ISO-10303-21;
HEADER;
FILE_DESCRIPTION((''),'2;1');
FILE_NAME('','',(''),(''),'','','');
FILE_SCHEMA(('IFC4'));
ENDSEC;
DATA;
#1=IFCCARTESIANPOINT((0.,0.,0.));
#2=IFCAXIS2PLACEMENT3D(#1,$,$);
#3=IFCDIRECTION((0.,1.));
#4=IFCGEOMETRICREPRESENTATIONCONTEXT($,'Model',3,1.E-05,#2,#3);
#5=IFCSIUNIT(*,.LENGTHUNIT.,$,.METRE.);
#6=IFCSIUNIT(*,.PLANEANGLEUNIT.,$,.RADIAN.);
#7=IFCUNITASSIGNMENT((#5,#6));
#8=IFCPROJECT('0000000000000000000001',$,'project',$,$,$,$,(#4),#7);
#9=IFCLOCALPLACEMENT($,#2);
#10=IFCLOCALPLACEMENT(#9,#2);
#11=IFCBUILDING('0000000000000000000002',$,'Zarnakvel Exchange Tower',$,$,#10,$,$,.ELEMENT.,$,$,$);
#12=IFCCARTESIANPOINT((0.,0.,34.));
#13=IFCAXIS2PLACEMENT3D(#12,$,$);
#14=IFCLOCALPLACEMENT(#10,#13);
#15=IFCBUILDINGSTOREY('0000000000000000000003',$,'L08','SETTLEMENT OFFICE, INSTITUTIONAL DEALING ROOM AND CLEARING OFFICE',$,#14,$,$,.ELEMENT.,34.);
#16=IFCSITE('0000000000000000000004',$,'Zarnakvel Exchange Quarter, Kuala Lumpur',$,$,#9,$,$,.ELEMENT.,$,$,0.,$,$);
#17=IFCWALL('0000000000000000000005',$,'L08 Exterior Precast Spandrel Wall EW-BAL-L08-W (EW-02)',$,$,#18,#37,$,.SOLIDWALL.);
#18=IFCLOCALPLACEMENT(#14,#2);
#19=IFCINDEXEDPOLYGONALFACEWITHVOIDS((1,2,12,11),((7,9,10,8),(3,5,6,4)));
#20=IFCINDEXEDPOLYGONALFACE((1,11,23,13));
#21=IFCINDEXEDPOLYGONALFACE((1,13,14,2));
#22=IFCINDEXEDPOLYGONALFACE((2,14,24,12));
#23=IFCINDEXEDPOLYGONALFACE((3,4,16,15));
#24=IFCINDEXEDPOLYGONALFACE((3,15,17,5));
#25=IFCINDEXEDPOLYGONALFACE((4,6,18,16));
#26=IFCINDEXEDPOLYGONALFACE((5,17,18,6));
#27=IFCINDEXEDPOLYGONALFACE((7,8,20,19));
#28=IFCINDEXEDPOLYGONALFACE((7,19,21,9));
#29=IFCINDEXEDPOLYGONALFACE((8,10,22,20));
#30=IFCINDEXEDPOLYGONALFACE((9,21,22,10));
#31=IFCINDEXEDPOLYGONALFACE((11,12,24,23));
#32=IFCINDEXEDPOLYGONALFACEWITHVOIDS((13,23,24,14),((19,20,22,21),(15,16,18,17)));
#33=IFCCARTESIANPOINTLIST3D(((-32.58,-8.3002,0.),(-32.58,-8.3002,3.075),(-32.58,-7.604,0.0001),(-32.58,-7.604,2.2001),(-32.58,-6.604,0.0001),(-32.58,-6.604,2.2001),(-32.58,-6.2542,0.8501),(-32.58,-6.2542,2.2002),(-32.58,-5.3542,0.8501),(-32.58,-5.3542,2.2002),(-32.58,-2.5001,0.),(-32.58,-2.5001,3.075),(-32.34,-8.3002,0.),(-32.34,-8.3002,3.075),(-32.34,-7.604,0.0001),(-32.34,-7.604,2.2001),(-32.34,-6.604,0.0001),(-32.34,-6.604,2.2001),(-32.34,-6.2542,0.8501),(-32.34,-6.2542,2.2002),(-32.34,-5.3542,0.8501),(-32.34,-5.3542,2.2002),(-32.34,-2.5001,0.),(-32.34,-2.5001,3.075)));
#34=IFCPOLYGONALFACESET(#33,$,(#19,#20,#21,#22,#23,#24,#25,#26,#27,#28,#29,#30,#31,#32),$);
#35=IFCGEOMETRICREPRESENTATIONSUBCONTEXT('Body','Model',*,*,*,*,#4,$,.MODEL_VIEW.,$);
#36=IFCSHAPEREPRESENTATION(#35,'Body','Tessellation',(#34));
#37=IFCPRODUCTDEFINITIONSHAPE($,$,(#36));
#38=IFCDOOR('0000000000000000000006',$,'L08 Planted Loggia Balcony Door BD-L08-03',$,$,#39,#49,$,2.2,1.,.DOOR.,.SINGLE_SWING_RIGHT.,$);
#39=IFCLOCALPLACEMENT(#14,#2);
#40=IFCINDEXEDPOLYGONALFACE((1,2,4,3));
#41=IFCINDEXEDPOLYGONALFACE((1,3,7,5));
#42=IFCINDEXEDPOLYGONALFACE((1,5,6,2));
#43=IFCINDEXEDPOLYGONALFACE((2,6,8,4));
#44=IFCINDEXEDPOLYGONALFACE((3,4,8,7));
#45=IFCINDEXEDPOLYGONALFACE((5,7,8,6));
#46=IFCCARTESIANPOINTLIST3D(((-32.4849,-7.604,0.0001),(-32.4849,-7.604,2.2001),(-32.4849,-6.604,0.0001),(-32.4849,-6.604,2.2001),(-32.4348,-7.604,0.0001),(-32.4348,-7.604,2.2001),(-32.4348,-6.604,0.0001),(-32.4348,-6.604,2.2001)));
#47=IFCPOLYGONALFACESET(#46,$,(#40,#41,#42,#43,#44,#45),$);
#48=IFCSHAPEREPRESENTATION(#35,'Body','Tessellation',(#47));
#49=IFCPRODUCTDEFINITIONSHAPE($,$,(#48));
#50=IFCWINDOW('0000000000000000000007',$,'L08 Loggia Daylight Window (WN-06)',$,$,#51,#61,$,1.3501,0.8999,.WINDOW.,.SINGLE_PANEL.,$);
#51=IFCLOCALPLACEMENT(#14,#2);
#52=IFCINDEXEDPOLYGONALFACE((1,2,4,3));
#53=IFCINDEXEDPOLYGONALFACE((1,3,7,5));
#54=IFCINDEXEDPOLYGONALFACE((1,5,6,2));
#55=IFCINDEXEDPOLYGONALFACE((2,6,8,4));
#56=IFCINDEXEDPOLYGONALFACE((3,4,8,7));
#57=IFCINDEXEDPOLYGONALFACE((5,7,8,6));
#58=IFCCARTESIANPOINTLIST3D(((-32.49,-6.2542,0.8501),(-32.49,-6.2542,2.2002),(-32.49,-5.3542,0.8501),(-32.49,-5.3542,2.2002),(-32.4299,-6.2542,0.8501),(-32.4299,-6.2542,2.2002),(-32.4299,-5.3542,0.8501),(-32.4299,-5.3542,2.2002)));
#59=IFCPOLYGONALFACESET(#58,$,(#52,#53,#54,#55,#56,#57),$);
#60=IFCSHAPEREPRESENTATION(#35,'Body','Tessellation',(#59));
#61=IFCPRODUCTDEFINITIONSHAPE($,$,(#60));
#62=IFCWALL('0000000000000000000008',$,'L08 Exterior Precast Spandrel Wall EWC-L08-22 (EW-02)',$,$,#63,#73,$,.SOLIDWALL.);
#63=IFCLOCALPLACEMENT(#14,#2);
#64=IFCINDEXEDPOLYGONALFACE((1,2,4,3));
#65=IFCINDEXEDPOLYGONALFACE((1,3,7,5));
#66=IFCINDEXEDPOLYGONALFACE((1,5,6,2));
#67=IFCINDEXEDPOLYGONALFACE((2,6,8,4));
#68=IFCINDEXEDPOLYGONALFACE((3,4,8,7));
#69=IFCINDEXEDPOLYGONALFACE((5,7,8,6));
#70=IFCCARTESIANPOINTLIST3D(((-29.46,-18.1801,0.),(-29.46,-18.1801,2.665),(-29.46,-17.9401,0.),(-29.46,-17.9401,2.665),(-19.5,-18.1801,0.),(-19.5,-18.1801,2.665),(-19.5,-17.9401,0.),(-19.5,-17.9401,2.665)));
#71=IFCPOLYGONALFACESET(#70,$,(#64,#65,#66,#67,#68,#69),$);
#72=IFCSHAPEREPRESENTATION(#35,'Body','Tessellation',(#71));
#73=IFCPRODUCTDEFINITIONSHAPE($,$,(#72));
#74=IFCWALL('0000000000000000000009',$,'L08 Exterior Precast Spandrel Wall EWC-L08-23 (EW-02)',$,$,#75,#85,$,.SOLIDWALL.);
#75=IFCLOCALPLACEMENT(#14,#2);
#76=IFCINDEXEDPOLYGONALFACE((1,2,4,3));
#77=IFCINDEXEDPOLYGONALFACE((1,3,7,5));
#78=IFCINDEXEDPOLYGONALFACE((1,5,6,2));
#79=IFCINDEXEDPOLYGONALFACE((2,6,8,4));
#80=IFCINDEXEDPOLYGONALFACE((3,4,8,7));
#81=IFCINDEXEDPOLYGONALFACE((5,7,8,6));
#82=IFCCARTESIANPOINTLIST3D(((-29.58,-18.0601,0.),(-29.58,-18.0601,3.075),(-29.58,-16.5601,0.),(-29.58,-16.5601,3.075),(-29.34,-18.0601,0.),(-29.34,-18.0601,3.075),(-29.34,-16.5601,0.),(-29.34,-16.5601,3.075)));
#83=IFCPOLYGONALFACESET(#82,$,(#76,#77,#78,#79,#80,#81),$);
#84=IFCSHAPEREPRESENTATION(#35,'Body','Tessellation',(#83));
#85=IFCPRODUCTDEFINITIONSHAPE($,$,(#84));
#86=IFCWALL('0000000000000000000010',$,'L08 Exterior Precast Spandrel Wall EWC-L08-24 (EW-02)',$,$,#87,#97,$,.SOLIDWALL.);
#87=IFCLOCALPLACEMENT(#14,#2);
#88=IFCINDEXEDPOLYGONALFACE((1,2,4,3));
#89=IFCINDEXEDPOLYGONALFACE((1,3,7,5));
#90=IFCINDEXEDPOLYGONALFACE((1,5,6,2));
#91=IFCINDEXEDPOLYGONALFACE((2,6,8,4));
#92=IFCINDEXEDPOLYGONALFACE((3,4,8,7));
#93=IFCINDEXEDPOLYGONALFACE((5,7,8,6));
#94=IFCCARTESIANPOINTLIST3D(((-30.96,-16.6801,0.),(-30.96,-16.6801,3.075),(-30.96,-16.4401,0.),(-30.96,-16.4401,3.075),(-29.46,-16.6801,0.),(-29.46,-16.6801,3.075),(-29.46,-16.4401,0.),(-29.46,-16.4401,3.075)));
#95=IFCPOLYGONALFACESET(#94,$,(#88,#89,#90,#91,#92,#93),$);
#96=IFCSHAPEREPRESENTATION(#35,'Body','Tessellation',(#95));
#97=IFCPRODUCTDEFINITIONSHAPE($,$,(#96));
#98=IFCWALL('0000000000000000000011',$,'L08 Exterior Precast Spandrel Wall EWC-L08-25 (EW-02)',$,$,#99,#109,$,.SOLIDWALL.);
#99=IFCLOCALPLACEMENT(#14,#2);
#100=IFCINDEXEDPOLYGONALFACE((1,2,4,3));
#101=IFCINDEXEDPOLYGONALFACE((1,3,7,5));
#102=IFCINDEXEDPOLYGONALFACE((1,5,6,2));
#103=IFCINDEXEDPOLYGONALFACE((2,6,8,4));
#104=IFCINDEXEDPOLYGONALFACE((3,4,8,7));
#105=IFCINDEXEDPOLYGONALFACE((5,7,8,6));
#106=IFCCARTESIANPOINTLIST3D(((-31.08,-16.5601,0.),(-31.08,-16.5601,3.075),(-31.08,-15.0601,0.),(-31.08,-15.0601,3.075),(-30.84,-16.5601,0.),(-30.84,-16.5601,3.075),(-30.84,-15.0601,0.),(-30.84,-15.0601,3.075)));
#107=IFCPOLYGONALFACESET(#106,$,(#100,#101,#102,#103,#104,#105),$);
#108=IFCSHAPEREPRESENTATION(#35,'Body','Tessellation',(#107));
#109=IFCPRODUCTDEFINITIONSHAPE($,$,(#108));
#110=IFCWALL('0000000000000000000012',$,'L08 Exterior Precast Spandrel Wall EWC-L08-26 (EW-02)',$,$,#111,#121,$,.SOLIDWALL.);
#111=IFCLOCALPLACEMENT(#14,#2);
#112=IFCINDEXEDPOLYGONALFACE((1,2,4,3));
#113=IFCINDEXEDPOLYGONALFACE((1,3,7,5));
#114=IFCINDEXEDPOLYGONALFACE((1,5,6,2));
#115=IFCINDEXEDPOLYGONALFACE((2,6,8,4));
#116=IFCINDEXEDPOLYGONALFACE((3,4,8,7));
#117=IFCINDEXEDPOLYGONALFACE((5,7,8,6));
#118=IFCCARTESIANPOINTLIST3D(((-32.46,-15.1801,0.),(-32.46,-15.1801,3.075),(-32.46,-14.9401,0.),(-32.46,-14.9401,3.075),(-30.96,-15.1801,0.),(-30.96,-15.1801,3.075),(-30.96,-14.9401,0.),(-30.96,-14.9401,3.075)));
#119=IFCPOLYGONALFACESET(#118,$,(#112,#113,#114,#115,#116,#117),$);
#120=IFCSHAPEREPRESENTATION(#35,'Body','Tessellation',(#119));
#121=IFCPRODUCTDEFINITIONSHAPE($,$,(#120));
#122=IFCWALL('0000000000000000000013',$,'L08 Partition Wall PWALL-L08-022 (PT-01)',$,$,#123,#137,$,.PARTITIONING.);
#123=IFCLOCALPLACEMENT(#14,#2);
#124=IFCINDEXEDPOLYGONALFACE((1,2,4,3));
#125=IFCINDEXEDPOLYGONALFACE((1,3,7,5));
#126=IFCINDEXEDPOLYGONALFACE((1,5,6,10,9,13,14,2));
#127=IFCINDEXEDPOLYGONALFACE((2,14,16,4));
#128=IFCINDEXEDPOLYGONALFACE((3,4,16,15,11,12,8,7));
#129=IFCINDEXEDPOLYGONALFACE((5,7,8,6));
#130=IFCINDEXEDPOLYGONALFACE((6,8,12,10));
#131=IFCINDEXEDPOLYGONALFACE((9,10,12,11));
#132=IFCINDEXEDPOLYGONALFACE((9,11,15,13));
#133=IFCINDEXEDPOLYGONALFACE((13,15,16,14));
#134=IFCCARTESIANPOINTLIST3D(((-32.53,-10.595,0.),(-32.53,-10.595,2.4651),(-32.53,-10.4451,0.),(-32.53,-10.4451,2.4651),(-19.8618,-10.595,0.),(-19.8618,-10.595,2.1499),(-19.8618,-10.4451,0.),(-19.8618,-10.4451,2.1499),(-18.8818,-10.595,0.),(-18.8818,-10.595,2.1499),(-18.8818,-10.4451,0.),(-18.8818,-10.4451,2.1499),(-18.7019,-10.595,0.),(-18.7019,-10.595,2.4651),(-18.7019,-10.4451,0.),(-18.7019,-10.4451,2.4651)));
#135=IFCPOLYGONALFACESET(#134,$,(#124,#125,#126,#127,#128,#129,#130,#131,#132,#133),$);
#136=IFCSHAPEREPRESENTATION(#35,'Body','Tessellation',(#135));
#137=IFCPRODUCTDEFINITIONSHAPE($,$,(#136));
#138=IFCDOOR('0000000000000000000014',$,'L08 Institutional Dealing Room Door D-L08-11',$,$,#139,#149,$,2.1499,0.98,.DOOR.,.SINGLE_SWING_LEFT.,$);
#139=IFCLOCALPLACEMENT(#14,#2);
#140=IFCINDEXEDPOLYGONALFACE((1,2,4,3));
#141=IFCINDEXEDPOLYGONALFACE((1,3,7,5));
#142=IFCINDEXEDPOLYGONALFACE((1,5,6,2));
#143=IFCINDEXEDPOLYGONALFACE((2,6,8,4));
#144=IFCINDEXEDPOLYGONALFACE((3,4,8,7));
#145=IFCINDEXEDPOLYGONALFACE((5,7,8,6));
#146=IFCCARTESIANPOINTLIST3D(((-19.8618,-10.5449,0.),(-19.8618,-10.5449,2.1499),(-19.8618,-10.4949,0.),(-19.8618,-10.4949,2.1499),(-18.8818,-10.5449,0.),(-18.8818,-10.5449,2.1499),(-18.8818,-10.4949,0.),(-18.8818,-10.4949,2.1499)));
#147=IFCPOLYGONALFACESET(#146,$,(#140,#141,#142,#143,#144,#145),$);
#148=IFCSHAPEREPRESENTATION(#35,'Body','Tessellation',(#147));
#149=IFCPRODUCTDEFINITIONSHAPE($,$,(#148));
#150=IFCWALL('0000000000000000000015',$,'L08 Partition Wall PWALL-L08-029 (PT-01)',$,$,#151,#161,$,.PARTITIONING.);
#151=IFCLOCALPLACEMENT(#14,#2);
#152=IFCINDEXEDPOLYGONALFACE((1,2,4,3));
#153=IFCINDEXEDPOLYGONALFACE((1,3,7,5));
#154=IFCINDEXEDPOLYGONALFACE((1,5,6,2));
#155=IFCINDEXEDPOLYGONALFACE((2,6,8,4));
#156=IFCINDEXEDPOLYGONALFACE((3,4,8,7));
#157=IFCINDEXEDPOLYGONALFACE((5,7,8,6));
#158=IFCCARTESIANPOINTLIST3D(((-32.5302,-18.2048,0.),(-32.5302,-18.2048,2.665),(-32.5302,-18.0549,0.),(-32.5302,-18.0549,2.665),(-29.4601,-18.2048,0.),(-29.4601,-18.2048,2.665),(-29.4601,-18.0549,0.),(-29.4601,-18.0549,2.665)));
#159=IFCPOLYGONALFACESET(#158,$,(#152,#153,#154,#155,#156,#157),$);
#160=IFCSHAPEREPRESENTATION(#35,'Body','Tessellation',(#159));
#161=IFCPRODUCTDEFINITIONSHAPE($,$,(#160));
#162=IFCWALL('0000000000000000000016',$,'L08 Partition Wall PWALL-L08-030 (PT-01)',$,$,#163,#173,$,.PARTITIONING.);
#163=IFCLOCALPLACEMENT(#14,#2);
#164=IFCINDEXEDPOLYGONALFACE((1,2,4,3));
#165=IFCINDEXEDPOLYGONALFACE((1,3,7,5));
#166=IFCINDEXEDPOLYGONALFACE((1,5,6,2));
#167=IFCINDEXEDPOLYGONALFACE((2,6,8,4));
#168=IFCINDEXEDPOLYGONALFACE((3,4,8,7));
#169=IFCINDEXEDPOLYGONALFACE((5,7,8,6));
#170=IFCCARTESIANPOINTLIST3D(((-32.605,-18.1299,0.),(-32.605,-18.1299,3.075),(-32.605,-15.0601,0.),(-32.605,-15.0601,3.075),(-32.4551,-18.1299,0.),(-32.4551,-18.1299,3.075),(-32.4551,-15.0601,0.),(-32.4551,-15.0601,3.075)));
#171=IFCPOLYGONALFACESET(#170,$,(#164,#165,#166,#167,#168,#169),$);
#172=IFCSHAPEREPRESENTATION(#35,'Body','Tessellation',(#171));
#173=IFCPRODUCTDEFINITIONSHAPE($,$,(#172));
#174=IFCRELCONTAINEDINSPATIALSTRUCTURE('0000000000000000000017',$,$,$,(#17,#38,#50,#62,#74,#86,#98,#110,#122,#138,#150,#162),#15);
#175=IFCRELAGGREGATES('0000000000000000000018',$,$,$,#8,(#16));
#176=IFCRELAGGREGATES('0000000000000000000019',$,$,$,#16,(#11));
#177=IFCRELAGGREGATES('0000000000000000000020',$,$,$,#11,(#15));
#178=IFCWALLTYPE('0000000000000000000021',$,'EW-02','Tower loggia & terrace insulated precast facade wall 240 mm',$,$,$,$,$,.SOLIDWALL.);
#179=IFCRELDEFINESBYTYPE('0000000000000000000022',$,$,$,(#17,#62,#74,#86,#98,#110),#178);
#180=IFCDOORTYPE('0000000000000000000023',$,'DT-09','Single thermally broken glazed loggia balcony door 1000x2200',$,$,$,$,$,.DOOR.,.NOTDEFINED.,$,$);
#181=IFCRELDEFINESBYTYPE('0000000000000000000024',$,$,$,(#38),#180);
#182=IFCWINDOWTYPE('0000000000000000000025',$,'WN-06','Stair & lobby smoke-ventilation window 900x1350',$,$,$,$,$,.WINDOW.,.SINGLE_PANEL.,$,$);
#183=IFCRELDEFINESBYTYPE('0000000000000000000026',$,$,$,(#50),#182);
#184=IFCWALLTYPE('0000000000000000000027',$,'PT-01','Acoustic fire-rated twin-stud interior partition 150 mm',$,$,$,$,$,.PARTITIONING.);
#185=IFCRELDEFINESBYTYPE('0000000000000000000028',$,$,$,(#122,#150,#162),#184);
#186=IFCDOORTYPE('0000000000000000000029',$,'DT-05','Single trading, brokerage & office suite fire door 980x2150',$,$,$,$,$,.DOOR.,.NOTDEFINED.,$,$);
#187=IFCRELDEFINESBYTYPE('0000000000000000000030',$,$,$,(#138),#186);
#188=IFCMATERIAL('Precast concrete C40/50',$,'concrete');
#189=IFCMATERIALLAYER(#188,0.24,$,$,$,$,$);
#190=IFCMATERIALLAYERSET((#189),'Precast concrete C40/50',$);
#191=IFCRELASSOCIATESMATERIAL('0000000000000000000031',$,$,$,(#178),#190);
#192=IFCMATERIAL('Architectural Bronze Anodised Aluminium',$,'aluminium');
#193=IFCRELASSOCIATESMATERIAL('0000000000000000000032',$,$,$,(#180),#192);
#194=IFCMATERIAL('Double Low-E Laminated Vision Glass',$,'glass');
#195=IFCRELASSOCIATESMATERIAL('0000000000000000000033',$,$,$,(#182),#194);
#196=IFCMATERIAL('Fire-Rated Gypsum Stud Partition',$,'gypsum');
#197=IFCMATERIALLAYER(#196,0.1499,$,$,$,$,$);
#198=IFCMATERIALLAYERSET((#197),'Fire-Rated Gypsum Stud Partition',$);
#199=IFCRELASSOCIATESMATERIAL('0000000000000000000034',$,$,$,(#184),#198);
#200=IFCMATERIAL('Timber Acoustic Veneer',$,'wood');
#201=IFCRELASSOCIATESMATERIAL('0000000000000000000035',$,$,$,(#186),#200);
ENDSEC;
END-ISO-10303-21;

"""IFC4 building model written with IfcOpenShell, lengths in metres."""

from ifc_helpers import new_model, si_unit, direction, frame, frame_2d, origin, place, context, subcontext, project, spatial, rectangle, extrude, source, transform, mapped, material, layer, layer_set, type_object, element, fill, save


model = new_model("IFC4")

# Units and contexts
model_context = context("Model", 3, precision=1e-05, world=origin(), true_north=direction((0.0, 1.0)))
body_context = subcontext(model_context, "Body", "Model", "MODEL_VIEW")
ifc_project = project(units=[si_unit("LENGTHUNIT", "METRE"), si_unit("PLANEANGLEUNIT", "RADIAN")], contexts=[model_context])

# Site, building, storey
site_placement = place(None, origin())
site = spatial("IfcSite", under=ifc_project, at=site_placement, Name="Zarnakvel Exchange Quarter, Kuala Lumpur", CompositionType="ELEMENT", RefElevation=0.0)
building_placement = place(site_placement, origin())
building = spatial("IfcBuilding", under=site, at=building_placement, Name="Zarnakvel Exchange Tower", CompositionType="ELEMENT")
storey_placement = place(building_placement, frame((0.0, 0.0, 34.0)))
storey = spatial("IfcBuildingStorey", under=building, at=storey_placement, Name="L08", Description="SETTLEMENT OFFICE, INSTITUTIONAL DEALING ROOM AND CLEARING OFFICE", CompositionType="ELEMENT", Elevation=34.0)

# Wall, openings, door, window
ifc_material_1 = material(Name="Precast concrete C40/50", Category="concrete")
ifc_layer_1 = layer(ifc_material_1, 0.24)
ifc_layer_set_1 = layer_set([ifc_layer_1], Name="Precast concrete C40/50")
wall_type_1 = type_object("IfcWallType", Name="EW-02", Description="Tower loggia & terrace insulated precast facade wall 240 mm", PredefinedType="SOLIDWALL", material=ifc_layer_set_1)
wall_1_placement = place(storey_placement, frame((-32.46, -8.3, 0.0), z_axis=(0.0, 0.0, 1.0), x_axis=(0.0, 1.0, 0.0)))
wall_1 = element("IfcWall", 1, at=wall_1_placement, inside=storey, type_object=wall_type_1, Name="L08 Exterior Precast Spandrel Wall EW-BAL-L08-W (EW-02)", PredefinedType="SOLIDWALL", context=body_context, shape_type="SweptSolid", body=[
    extrude(rectangle(XDim=5.8, YDim=0.24, at=frame_2d((2.8999, 0.0))), origin(), (0.0, 0.0, 1.0), 3.075),
])
opening_1_placement = place(wall_1_placement, frame((0.696, 0.0, 0.0)))
opening_1 = element("IfcOpeningElement", 2, at=opening_1_placement, cuts=wall_1, PredefinedType="OPENING", context=body_context, shape_type="SweptSolid", body=[
    extrude(rectangle(XDim=1.0, YDim=2.2, at=frame_2d((0.5, 1.1001))), frame((0.0, 0.1299, 0.0), z_axis=(0.0, -1.0, 0.0), x_axis=(1.0, 0.0, 0.0)), (0.0, 0.0, 1.0), 0.26),
])
opening_2_placement = place(wall_1_placement, frame((2.0459, 0.0, 0.8501)))
opening_2 = element("IfcOpeningElement", 3, at=opening_2_placement, cuts=wall_1, PredefinedType="OPENING", context=body_context, shape_type="SweptSolid", body=[
    extrude(rectangle(XDim=0.8999, YDim=1.3501, at=frame_2d((0.45, 0.675))), frame((0.0, 0.1299, 0.0), z_axis=(0.0, -1.0, 0.0), x_axis=(1.0, 0.0, 0.0)), (0.0, 0.0, 1.0), 0.26),
])
ifc_material_2 = material(Name="Architectural Bronze Anodised Aluminium", Category="aluminium")
door_type_1 = type_object("IfcDoorType", Name="DT-09", Description="Single thermally broken glazed loggia balcony door 1000x2200", OperationType="NOTDEFINED", PredefinedType="DOOR", material=ifc_material_2)
shared_shape_1 = source(origin(), body_context, "Body", "SweptSolid", [
    extrude(rectangle(XDim=1.0, YDim=2.2, at=frame_2d((0.5, 1.1001))), frame((0.0, 0.0249, 0.0), z_axis=(0.0, -1.0, 0.0), x_axis=(1.0, 0.0, 0.0)), (0.0, 0.0, 1.0), 0.05),
])
door_1_placement = place(opening_1_placement, origin())
door_1 = element("IfcDoor", 4, at=door_1_placement, inside=storey, type_object=door_type_1, Name="L08 Planted Loggia Balcony Door BD-L08-03", OperationType="SINGLE_SWING_RIGHT", OverallHeight=2.2, OverallWidth=1.0, PredefinedType="DOOR", context=body_context, shape_type="MappedRepresentation", body=[
    mapped(shared_shape_1, transform((0.0, 0.0, 0.0), x_axis=(1.0, 0.0, 0.0), y_axis=(0.0, 1.0, 0.0), z_axis=(0.0, 0.0, 1.0), scale=1.0)),
])
fill(opening_1, door_1)
ifc_material_3 = material(Name="Double Low-E Laminated Vision Glass", Category="glass")
window_type = type_object("IfcWindowType", Name="WN-06", Description="Stair & lobby smoke-ventilation window 900x1350", PartitioningType="SINGLE_PANEL", PredefinedType="WINDOW", material=ifc_material_3)
shared_shape_2 = source(origin(), body_context, "Body", "SweptSolid", [
    extrude(rectangle(XDim=0.8999, YDim=1.3501, at=frame_2d((0.45, 0.675))), frame((0.0, 0.03, 0.0), z_axis=(0.0, -1.0, 0.0), x_axis=(1.0, 0.0, 0.0)), (0.0, 0.0, 1.0), 0.0601),
])
window_placement = place(opening_2_placement, origin())
window = element("IfcWindow", 5, at=window_placement, inside=storey, type_object=window_type, Name="L08 Loggia Daylight Window (WN-06)", OverallHeight=1.3501, OverallWidth=0.8999, PartitioningType="SINGLE_PANEL", PredefinedType="WINDOW", context=body_context, shape_type="MappedRepresentation", body=[
    mapped(shared_shape_2, transform((0.0, 0.0, 0.0), x_axis=(1.0, 0.0, 0.0), y_axis=(0.0, 1.0, 0.0), z_axis=(0.0, 0.0, 1.0), scale=1.0)),
])
fill(opening_2, window)

# Walls
wall_2_placement = place(storey_placement, frame((-29.46, -18.0601, 0.0), z_axis=(0.0, 0.0, 1.0), x_axis=(1.0, 0.0, 0.0)))
element("IfcWall", 6, at=wall_2_placement, inside=storey, type_object=wall_type_1, Name="L08 Exterior Precast Spandrel Wall EWC-L08-22 (EW-02)", PredefinedType="SOLIDWALL", context=body_context, shape_type="SweptSolid", body=[
    extrude(rectangle(XDim=9.96, YDim=0.24, at=frame_2d((4.98, 0.0))), origin(), (0.0, 0.0, 1.0), 2.665),
])
for number, where, z_axis, x_axis, name in (
    (7, (-29.46, -16.5601, 0.0), (0.0, 0.0, 1.0), (0.0, -1.0, 0.0), "L08 Exterior Precast Spandrel Wall EWC-L08-23 (EW-02)"),
    (8, (-30.96, -16.5601, 0.0), (0.0, 0.0, 1.0), (1.0, 0.0, 0.0), "L08 Exterior Precast Spandrel Wall EWC-L08-24 (EW-02)"),
    (9, (-30.96, -15.0601, 0.0), (0.0, 0.0, 1.0), (0.0, -1.0, 0.0), "L08 Exterior Precast Spandrel Wall EWC-L08-25 (EW-02)"),
    (10, (-32.46, -15.0601, 0.0), (0.0, 0.0, 1.0), (1.0, 0.0, 0.0), "L08 Exterior Precast Spandrel Wall EWC-L08-26 (EW-02)"),
):
    element("IfcWall", number, at=place(storey_placement, frame(where, z_axis=z_axis, x_axis=x_axis)), inside=storey, type_object=wall_type_1, Name=name, PredefinedType="SOLIDWALL", context=body_context, shape_type="SweptSolid", body=[
        extrude(rectangle(XDim=1.5, YDim=0.24, at=frame_2d((0.75, 0.0))), origin(), (0.0, 0.0, 1.0), 3.075),
    ])

# Wall, opening, door
ifc_material_4 = material(Name="Fire-Rated Gypsum Stud Partition", Category="gypsum")
ifc_layer_2 = layer(ifc_material_4, 0.1499)
ifc_layer_set_2 = layer_set([ifc_layer_2], Name="Fire-Rated Gypsum Stud Partition")
wall_type_2 = type_object("IfcWallType", Name="PT-01", Description="Acoustic fire-rated twin-stud interior partition 150 mm", PredefinedType="PARTITIONING", material=ifc_layer_set_2)
wall_3_placement = place(storey_placement, frame((-18.7019, -10.52, 0.0), z_axis=(0.0, 0.0, 1.0), x_axis=(-1.0, 0.0, 0.0)))
wall_3 = element("IfcWall", 11, at=wall_3_placement, inside=storey, type_object=wall_type_2, Name="L08 Partition Wall PWALL-L08-022 (PT-01)", PredefinedType="PARTITIONING", context=body_context, shape_type="SweptSolid", body=[
    extrude(rectangle(XDim=13.8281, YDim=0.1499, at=frame_2d((6.9141, 0.0))), origin(), (0.0, 0.0, 1.0), 2.4651),
])
opening_3_placement = place(wall_3_placement, frame((0.1799, 0.0, 0.0)))
opening_3 = element("IfcOpeningElement", 12, at=opening_3_placement, cuts=wall_3, PredefinedType="OPENING", context=body_context, shape_type="SweptSolid", body=[
    extrude(rectangle(XDim=0.98, YDim=2.1499, at=frame_2d((0.49, 1.075))), frame((0.0, 0.085, 0.0), z_axis=(0.0, -1.0, 0.0), x_axis=(1.0, 0.0, 0.0)), (0.0, 0.0, 1.0), 0.1699),
])
ifc_material_5 = material(Name="Timber Acoustic Veneer", Category="wood")
door_type_2 = type_object("IfcDoorType", Name="DT-05", Description="Single trading, brokerage & office suite fire door 980x2150", OperationType="NOTDEFINED", PredefinedType="DOOR", material=ifc_material_5)
shared_shape_3 = source(origin(), body_context, "Body", "SweptSolid", [
    extrude(rectangle(XDim=0.98, YDim=2.1499, at=frame_2d((0.49, 1.075))), frame((0.0, 0.0249, 0.0), z_axis=(0.0, -1.0, 0.0), x_axis=(1.0, 0.0, 0.0)), (0.0, 0.0, 1.0), 0.05),
])
door_2_placement = place(opening_3_placement, origin())
door_2 = element("IfcDoor", 13, at=door_2_placement, inside=storey, type_object=door_type_2, Name="L08 Institutional Dealing Room Door D-L08-11", OperationType="SINGLE_SWING_LEFT", OverallHeight=2.1499, OverallWidth=0.98, PredefinedType="DOOR", context=body_context, shape_type="MappedRepresentation", body=[
    mapped(shared_shape_3, transform((0.0, 0.0, 0.0), x_axis=(1.0, 0.0, 0.0), y_axis=(0.0, 1.0, 0.0), z_axis=(0.0, 0.0, 1.0), scale=1.0)),
])
fill(opening_3, door_2)

# Walls
wall_4_placement = place(storey_placement, frame((-29.46, -18.1299, 0.0), z_axis=(0.0, 0.0, 1.0), x_axis=(-1.0, 0.0, 0.0)))
element("IfcWall", 14, at=wall_4_placement, inside=storey, type_object=wall_type_2, Name="L08 Partition Wall PWALL-L08-029 (PT-01)", PredefinedType="PARTITIONING", context=body_context, shape_type="SweptSolid", body=[
    extrude(rectangle(XDim=3.0701, YDim=0.1499, at=frame_2d((1.5352, 0.0))), origin(), (0.0, 0.0, 1.0), 2.665),
])
wall_5_placement = place(storey_placement, frame((-32.53, -18.1299, 0.0), z_axis=(0.0, 0.0, 1.0), x_axis=(0.0, 1.0, 0.0)))
element("IfcWall", 15, at=wall_5_placement, inside=storey, type_object=wall_type_2, Name="L08 Partition Wall PWALL-L08-030 (PT-01)", PredefinedType="PARTITIONING", context=body_context, shape_type="SweptSolid", body=[
    extrude(rectangle(XDim=3.0698, YDim=0.1499, at=frame_2d((1.5349, 0.0))), origin(), (0.0, 0.0, 1.0), 3.075),
])

save(model, "model.ifc")
